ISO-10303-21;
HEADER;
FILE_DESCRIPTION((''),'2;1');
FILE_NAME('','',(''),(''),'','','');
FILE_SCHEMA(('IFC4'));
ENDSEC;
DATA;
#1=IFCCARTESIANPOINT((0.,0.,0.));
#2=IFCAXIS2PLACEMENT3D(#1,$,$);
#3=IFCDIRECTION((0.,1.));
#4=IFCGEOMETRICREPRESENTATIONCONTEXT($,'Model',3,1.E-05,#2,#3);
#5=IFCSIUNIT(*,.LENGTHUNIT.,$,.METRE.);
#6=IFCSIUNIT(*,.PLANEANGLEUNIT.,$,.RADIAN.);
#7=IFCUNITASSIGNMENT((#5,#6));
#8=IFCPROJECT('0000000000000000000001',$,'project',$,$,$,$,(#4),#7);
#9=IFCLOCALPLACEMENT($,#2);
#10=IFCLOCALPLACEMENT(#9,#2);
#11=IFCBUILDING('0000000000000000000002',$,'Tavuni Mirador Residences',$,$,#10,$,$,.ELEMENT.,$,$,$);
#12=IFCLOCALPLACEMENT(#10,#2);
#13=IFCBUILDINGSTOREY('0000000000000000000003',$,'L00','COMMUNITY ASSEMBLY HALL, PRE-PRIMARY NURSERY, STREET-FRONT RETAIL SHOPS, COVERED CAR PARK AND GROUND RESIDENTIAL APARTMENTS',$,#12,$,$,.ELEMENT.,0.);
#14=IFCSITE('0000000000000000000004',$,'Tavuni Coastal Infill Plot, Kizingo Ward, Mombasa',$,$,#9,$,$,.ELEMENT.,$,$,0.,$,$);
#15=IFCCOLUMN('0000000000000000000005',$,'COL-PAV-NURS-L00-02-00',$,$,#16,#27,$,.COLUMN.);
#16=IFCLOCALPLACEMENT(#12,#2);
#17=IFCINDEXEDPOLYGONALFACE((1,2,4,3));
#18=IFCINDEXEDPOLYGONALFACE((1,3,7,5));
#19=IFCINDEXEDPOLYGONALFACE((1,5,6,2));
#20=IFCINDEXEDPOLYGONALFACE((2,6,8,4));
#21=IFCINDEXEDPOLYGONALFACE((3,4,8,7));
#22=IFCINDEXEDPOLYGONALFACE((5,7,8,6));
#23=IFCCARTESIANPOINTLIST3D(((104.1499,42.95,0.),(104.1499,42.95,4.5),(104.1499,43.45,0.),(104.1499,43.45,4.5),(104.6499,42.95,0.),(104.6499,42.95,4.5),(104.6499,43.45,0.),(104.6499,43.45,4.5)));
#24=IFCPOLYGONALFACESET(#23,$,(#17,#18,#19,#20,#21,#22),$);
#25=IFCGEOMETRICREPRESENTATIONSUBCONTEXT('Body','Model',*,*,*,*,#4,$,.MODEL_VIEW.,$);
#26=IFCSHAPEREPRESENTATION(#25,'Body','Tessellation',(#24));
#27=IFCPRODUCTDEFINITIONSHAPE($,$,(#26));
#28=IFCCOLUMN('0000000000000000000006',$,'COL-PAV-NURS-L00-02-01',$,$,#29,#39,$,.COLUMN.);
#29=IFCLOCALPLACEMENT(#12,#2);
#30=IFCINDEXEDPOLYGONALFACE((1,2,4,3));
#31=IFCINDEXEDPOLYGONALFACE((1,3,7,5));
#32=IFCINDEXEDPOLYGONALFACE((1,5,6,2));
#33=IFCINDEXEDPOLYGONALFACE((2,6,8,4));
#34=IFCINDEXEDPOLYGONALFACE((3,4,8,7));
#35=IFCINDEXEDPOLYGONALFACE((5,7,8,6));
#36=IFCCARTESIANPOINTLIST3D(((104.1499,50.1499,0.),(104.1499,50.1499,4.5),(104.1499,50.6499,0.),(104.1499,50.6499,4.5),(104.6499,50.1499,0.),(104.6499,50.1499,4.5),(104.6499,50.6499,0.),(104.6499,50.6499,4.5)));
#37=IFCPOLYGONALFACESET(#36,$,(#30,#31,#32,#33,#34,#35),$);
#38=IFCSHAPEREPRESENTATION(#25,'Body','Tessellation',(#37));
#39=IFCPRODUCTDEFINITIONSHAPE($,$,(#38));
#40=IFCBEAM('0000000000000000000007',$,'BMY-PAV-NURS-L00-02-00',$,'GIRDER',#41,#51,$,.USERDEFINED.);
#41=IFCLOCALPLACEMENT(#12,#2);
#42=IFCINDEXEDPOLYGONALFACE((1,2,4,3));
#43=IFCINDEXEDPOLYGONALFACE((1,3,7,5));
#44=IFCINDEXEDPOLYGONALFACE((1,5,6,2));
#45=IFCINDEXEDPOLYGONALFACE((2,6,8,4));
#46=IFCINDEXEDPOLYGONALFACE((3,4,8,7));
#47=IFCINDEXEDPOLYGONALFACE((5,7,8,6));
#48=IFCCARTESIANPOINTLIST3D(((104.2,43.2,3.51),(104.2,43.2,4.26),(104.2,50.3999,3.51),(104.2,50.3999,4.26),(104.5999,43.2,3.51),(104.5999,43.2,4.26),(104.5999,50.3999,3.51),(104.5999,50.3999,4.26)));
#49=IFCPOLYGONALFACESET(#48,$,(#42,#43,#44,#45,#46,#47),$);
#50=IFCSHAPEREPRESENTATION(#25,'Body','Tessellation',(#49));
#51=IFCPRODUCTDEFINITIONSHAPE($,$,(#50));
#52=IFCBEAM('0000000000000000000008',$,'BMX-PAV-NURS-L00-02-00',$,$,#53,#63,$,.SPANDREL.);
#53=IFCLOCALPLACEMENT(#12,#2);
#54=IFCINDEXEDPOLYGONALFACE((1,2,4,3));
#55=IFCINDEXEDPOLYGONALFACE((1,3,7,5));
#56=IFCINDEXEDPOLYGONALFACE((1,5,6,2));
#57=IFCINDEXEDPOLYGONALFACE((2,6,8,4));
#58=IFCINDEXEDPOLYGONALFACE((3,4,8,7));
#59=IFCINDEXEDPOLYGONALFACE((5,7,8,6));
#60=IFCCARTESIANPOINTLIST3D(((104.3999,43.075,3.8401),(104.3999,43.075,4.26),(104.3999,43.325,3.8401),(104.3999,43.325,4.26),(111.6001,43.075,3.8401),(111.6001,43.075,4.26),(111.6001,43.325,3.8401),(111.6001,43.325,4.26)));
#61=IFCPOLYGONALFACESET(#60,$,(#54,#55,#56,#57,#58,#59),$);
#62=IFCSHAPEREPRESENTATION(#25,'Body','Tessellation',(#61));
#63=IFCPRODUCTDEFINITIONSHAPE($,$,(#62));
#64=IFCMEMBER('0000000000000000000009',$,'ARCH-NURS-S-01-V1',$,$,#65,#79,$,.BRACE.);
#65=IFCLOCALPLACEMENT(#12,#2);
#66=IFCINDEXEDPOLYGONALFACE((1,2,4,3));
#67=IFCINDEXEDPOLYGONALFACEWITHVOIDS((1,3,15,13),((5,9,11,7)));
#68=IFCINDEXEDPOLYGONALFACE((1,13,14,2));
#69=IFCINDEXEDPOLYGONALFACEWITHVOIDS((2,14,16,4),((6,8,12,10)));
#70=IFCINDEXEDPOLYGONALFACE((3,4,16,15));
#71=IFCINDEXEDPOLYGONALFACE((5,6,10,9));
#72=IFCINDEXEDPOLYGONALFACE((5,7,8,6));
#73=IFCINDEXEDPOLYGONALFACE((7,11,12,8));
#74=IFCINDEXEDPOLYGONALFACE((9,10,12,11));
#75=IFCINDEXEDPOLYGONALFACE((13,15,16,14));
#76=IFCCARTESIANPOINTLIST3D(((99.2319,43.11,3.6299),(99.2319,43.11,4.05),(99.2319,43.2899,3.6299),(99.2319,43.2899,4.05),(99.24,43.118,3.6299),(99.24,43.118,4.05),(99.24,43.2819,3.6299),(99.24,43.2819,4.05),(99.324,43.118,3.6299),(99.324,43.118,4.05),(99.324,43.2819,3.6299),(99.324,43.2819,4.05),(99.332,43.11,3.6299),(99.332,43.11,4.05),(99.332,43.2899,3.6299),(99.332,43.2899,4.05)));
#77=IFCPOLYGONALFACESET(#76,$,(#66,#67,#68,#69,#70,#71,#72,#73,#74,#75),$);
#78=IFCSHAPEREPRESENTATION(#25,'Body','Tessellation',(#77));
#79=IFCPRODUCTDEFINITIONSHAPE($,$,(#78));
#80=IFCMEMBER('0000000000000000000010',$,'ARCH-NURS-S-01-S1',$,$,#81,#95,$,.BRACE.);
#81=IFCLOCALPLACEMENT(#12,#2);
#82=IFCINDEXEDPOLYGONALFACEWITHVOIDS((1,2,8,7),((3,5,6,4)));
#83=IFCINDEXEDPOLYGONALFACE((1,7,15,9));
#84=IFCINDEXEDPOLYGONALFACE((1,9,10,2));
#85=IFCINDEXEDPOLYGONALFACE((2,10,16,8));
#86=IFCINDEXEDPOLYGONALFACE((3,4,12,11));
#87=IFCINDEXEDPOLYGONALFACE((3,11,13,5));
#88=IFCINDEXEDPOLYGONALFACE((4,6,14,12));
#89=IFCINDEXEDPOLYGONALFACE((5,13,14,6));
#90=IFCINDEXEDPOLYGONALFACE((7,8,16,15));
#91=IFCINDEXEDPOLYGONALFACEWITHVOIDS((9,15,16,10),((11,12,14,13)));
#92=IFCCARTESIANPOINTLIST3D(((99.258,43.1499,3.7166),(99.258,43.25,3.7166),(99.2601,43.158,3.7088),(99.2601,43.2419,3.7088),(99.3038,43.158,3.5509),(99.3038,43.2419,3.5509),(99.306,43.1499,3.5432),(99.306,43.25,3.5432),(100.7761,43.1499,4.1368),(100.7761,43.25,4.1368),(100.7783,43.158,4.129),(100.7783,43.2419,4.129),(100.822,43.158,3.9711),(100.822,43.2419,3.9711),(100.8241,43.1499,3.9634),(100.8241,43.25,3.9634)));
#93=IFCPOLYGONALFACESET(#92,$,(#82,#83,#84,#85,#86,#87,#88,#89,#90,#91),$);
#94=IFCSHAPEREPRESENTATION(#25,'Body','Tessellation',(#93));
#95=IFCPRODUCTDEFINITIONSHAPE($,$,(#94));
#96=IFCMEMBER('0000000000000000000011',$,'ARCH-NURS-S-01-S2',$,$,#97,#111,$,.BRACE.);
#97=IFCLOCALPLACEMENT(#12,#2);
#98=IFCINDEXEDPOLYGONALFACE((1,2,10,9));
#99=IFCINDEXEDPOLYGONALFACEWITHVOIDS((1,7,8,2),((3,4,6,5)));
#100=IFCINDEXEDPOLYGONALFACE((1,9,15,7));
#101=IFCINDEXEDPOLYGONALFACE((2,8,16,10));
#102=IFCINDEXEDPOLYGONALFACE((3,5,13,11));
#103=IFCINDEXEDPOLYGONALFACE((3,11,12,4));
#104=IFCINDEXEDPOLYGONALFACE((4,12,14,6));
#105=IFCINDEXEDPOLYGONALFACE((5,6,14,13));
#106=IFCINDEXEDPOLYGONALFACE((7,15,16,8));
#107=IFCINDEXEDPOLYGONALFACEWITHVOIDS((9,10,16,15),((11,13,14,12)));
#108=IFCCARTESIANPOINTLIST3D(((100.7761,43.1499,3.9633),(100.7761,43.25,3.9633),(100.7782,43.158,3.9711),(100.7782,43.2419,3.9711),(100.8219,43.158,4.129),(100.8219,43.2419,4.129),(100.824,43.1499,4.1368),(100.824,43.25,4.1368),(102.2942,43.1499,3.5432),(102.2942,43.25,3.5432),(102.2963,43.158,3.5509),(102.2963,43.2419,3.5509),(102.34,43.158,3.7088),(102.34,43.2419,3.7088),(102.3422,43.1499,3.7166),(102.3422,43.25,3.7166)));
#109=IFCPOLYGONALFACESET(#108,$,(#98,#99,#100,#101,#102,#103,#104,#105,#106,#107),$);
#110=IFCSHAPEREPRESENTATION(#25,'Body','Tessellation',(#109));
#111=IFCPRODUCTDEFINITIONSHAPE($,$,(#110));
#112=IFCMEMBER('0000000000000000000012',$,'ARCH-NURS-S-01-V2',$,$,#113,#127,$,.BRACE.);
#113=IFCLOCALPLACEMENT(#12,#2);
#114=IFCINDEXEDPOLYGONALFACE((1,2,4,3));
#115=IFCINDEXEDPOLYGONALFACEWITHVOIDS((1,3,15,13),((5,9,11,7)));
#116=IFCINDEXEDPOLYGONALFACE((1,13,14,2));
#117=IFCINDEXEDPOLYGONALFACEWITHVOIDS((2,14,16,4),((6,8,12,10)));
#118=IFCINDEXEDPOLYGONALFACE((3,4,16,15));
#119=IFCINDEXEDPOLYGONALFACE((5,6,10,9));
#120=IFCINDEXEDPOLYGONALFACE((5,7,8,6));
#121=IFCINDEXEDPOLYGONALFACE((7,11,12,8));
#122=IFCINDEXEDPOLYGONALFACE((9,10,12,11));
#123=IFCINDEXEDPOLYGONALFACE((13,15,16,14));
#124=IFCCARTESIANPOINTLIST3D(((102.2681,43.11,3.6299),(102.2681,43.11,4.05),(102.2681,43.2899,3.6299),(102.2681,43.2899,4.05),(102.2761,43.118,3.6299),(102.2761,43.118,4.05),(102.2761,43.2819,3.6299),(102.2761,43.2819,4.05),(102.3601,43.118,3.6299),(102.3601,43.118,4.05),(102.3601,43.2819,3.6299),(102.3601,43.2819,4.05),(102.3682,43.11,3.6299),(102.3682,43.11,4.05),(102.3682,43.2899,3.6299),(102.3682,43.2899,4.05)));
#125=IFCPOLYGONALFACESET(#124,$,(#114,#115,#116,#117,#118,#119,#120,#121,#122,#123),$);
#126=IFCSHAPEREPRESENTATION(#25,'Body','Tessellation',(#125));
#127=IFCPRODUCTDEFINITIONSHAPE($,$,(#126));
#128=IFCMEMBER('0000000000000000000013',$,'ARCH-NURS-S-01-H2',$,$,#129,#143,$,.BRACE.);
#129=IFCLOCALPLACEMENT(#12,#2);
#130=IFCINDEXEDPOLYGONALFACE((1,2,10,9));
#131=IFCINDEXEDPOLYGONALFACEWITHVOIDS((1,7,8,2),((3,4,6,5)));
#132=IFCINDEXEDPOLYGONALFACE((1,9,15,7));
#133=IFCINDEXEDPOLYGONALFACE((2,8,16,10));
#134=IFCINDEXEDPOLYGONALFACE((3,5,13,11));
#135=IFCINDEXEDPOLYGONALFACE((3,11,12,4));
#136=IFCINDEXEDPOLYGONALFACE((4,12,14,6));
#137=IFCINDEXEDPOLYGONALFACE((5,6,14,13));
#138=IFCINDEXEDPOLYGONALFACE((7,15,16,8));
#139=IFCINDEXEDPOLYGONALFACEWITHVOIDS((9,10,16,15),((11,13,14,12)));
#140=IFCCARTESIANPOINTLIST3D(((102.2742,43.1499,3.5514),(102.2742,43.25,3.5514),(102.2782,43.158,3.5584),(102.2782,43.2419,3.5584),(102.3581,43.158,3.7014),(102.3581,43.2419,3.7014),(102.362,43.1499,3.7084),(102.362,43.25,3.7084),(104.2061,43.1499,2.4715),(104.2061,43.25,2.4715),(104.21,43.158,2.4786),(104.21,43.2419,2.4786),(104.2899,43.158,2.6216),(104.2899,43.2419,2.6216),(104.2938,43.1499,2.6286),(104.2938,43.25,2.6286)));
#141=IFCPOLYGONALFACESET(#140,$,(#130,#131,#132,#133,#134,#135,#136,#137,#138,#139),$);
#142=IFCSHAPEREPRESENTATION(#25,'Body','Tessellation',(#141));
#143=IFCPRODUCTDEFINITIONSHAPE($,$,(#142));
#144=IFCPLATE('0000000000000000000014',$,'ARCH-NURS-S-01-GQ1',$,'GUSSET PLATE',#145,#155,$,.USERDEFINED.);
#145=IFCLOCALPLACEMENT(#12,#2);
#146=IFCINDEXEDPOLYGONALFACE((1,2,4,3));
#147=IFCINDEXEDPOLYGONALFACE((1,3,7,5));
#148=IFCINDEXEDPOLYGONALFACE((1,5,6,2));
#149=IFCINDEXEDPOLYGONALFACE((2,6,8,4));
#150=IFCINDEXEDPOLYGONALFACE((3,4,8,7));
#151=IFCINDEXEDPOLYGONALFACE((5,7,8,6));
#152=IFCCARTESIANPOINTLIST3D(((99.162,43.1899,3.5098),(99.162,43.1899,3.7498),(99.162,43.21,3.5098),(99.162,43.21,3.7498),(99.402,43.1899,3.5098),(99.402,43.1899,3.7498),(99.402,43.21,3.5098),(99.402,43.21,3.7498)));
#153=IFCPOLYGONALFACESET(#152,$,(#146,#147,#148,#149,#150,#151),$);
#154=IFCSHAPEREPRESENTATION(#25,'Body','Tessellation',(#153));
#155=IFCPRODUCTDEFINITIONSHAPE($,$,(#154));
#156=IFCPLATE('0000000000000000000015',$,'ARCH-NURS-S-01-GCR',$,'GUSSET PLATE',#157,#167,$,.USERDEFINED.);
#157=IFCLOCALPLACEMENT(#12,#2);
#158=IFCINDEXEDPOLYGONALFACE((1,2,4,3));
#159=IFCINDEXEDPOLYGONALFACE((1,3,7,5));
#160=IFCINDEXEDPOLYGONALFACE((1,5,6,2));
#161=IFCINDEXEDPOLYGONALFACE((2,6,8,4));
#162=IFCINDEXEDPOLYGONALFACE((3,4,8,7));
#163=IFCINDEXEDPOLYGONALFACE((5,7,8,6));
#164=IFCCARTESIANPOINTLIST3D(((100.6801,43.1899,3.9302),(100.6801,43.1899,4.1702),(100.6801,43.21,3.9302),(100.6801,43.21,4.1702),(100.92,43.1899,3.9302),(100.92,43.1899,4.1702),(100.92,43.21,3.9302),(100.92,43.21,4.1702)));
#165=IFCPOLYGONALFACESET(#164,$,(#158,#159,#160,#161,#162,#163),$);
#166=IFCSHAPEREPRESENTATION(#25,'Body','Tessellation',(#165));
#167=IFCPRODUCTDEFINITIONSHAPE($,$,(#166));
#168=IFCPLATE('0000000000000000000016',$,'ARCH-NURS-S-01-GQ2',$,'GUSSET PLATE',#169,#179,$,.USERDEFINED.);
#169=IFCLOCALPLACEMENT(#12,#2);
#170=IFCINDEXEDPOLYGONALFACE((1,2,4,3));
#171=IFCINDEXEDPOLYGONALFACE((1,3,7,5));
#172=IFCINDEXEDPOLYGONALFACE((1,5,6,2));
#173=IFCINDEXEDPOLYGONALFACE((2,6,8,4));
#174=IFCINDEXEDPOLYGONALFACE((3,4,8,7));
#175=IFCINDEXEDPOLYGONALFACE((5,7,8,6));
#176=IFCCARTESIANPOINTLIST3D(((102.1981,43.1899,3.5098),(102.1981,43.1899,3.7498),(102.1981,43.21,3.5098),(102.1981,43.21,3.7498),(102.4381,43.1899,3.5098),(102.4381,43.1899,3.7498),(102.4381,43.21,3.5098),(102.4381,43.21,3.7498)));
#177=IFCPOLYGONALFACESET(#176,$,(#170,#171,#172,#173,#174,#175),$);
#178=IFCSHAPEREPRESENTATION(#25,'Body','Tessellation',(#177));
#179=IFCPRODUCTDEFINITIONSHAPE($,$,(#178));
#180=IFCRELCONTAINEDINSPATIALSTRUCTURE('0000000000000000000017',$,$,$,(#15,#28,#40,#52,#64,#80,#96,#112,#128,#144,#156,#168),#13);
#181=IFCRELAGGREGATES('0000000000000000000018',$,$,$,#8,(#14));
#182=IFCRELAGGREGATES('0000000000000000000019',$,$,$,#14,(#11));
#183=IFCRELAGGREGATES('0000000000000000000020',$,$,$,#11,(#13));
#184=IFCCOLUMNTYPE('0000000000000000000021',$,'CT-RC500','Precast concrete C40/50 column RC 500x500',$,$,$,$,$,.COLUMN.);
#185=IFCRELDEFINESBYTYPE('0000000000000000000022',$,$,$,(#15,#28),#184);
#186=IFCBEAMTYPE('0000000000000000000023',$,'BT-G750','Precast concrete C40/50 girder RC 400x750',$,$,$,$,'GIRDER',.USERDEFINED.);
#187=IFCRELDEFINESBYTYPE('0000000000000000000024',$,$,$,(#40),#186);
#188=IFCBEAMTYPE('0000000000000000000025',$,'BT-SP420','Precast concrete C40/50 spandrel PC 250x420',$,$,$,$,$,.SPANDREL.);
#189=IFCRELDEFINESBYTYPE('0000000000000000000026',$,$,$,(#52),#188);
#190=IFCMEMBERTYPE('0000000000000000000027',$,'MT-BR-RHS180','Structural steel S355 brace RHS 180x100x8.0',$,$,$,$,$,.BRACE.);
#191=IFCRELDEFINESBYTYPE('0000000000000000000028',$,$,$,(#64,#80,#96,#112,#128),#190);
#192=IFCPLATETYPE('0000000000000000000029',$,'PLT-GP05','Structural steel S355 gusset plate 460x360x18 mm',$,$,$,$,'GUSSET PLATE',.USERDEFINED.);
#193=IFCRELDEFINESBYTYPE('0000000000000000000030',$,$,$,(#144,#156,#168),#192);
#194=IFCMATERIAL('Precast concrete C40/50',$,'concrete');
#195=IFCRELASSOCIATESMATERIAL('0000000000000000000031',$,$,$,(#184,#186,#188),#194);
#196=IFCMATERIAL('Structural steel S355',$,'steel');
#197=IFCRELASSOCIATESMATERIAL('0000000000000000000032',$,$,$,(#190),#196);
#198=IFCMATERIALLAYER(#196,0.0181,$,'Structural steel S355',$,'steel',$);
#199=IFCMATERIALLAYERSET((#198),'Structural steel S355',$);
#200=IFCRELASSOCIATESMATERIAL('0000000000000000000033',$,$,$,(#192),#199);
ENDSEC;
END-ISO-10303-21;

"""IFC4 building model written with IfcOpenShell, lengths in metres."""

from ifc_helpers import new_model, si_unit, direction, frame, origin, origin_2d, place, context, subcontext, project, spatial, rectangle, hollow_rectangle, extrude, material, layer, layer_set, material_profile, profile_set, type_object, element, save


model = new_model("IFC4")

# Units and contexts
model_context = context("Model", 3, precision=1e-05, world=origin(), true_north=direction((0.0, 1.0)))
body_context = subcontext(model_context, "Body", "Model", "MODEL_VIEW")
ifc_project = project(units=[si_unit("LENGTHUNIT", "METRE"), si_unit("PLANEANGLEUNIT", "RADIAN")], contexts=[model_context])

# Site, building, storey
site_placement = place(None, origin())
site = spatial("IfcSite", under=ifc_project, at=site_placement, Name="Tavuni Coastal Infill Plot, Kizingo Ward, Mombasa", CompositionType="ELEMENT", RefElevation=0.0)
building_placement = place(site_placement, origin())
building = spatial("IfcBuilding", under=site, at=building_placement, Name="Tavuni Mirador Residences", CompositionType="ELEMENT")
storey_placement = place(building_placement, origin())
storey = spatial("IfcBuildingStorey", under=building, at=storey_placement, Name="L00", Description="COMMUNITY ASSEMBLY HALL, PRE-PRIMARY NURSERY, STREET-FRONT RETAIL SHOPS, COVERED CAR PARK AND GROUND RESIDENTIAL APARTMENTS", CompositionType="ELEMENT", Elevation=0.0)

# Columns
ifc_material_1 = material(Name="Precast concrete C40/50", Category="concrete")
ifc_material_profile_1 = material_profile(ifc_material_1, rectangle(XDim=0.5, YDim=0.5, at=origin_2d()), Name="RC 500x500", Category="concrete")
ifc_profile_set_1 = profile_set([ifc_material_profile_1], Name="Precast concrete C40/50")
column_type = type_object("IfcColumnType", Name="CT-RC500", Description="Precast concrete C40/50 column RC 500x500", PredefinedType="COLUMN", material=ifc_profile_set_1)
for number, where, z_axis, x_axis, name in (
    (1, (104.3999, 43.2, 0.0), (0.0, 0.0, 1.0), (1.0, 0.0, 0.0), "COL-PAV-NURS-L00-02-00"),
    (2, (104.3999, 50.3999, 0.0), (0.0, 0.0, 1.0), (1.0, 0.0, 0.0), "COL-PAV-NURS-L00-02-01"),
):
    element("IfcColumn", number, at=place(storey_placement, frame(where, z_axis=z_axis, x_axis=x_axis)), inside=storey, type_object=column_type, Name=name, PredefinedType="COLUMN", context=body_context, shape_type="SweptSolid", body=[
        extrude(rectangle(XDim=0.5, YDim=0.5, at=origin_2d()), origin(), (0.0, 0.0, 1.0), 4.5),
    ])

# Beams
ifc_material_profile_2 = material_profile(ifc_material_1, rectangle(XDim=0.3999, YDim=0.75, at=origin_2d()), Name="RC 400x750", Category="concrete")
ifc_profile_set_2 = profile_set([ifc_material_profile_2], Name="Precast concrete C40/50")
beam_type_1 = type_object("IfcBeamType", Name="BT-G750", Description="Precast concrete C40/50 girder RC 400x750", ElementType="GIRDER", PredefinedType="USERDEFINED", material=ifc_profile_set_2)
beam_1_placement = place(storey_placement, frame((104.3999, 43.2, 3.885), z_axis=(0.0, 1.0, 0.0), x_axis=(-1.0, 0.0, 0.0)))
element("IfcBeam", 3, at=beam_1_placement, inside=storey, type_object=beam_type_1, Name="BMY-PAV-NURS-L00-02-00", ObjectType="GIRDER", PredefinedType="USERDEFINED", context=body_context, shape_type="SweptSolid", body=[
    extrude(rectangle(XDim=0.3999, YDim=0.75, at=origin_2d()), origin(), (0.0, 0.0, 1.0), 7.2),
])
ifc_material_profile_3 = material_profile(ifc_material_1, rectangle(XDim=0.25, YDim=0.4199, at=origin_2d()), Name="PC 250x420", Category="concrete")
ifc_profile_set_3 = profile_set([ifc_material_profile_3], Name="Precast concrete C40/50")
beam_type_2 = type_object("IfcBeamType", Name="BT-SP420", Description="Precast concrete C40/50 spandrel PC 250x420", PredefinedType="SPANDREL", material=ifc_profile_set_3)
beam_2_placement = place(storey_placement, frame((104.3999, 43.2, 4.05), z_axis=(1.0, 0.0, 0.0), x_axis=(0.0, 1.0, 0.0)))
element("IfcBeam", 4, at=beam_2_placement, inside=storey, type_object=beam_type_2, Name="BMX-PAV-NURS-L00-02-00", PredefinedType="SPANDREL", context=body_context, shape_type="SweptSolid", body=[
    extrude(rectangle(XDim=0.25, YDim=0.4199, at=origin_2d()), origin(), (0.0, 0.0, 1.0), 7.2002),
])

# Members
ifc_material_2 = material(Name="Structural steel S355", Category="steel")
ifc_material_profile_4 = material_profile(ifc_material_2, hollow_rectangle(XDim=0.1001, YDim=0.1799, WallThickness=0.0081, at=origin_2d()), Name="RHS 180x100x8.0", Category="steel")
ifc_profile_set_4 = profile_set([ifc_material_profile_4], Name="Structural steel S355")
member_type = type_object("IfcMemberType", Name="MT-BR-RHS180", Description="Structural steel S355 brace RHS 180x100x8.0", PredefinedType="BRACE", material=ifc_profile_set_4)
member_1_placement = place(storey_placement, frame((99.282, 43.2, 3.6299), z_axis=(0.0, 0.0, 1.0), x_axis=(1.0, 0.0, 0.0)))
element("IfcMember", 5, at=member_1_placement, inside=storey, type_object=member_type, Name="ARCH-NURS-S-01-V1", PredefinedType="BRACE", context=body_context, shape_type="SweptSolid", body=[
    extrude(hollow_rectangle(XDim=0.1001, YDim=0.1799, WallThickness=0.0081, at=origin_2d()), origin(), (0.0, 0.0, 1.0), 0.4202),
])
for number, where, z_axis, x_axis, name in (
    (6, (99.282, 43.2, 3.6299), (0.963766, 0.0, 0.266748), (0.0, 1.0, 0.0), "ARCH-NURS-S-01-S1"),
    (7, (100.8, 43.2, 4.05), (0.963766, 0.0, -0.266748), (0.0, 1.0, 0.0), "ARCH-NURS-S-01-S2"),
):
    element("IfcMember", number, at=place(storey_placement, frame(where, z_axis=z_axis, x_axis=x_axis)), inside=storey, type_object=member_type, Name=name, PredefinedType="BRACE", context=body_context, shape_type="SweptSolid", body=[
        extrude(hollow_rectangle(XDim=0.1001, YDim=0.1799, WallThickness=0.0081, at=origin_2d()), origin(), (0.0, 0.0, 1.0), 1.5752),
    ])
member_2_placement = place(storey_placement, frame((102.3181, 43.2, 3.6299), z_axis=(0.0, 0.0, 1.0), x_axis=(1.0, 0.0, 0.0)))
element("IfcMember", 8, at=member_2_placement, inside=storey, type_object=member_type, Name="ARCH-NURS-S-01-V2", PredefinedType="BRACE", context=body_context, shape_type="SweptSolid", body=[
    extrude(hollow_rectangle(XDim=0.1001, YDim=0.1799, WallThickness=0.0081, at=origin_2d()), origin(), (0.0, 0.0, 1.0), 0.4202),
])
member_3_placement = place(storey_placement, frame((102.3181, 43.2, 3.6299), z_axis=(0.872895, 0.0, -0.487908), x_axis=(0.0, 1.0, 0.0)))
element("IfcMember", 9, at=member_3_placement, inside=storey, type_object=member_type, Name="ARCH-NURS-S-01-H2", PredefinedType="BRACE", context=body_context, shape_type="SweptSolid", body=[
    extrude(hollow_rectangle(XDim=0.1001, YDim=0.1799, WallThickness=0.0081, at=origin_2d()), origin(), (0.0, 0.0, 1.0), 2.2131),
])

# Plates
ifc_layer_1 = layer(ifc_material_2, 0.0181, Name="Structural steel S355", Category="steel")
ifc_layer_set_1 = layer_set([ifc_layer_1], Name="Structural steel S355")
plate_type = type_object("IfcPlateType", Name="PLT-GP05", Description="Structural steel S355 gusset plate 460x360x18 mm", ElementType="GUSSET PLATE", PredefinedType="USERDEFINED", material=ifc_layer_set_1)
for number, where, z_axis, x_axis, name in (
    (10, (99.282, 43.2, 3.5098), (0.0, 0.0, 1.0), (1.0, 0.0, 0.0), "ARCH-NURS-S-01-GQ1"),
    (11, (100.8, 43.2, 3.9302), (0.0, 0.0, 1.0), (1.0, 0.0, 0.0), "ARCH-NURS-S-01-GCR"),
    (12, (102.3181, 43.2, 3.5098), (0.0, 0.0, 1.0), (1.0, 0.0, 0.0), "ARCH-NURS-S-01-GQ2"),
):
    element("IfcPlate", number, at=place(storey_placement, frame(where, z_axis=z_axis, x_axis=x_axis)), inside=storey, type_object=plate_type, Name=name, ObjectType="GUSSET PLATE", PredefinedType="USERDEFINED", context=body_context, shape_type="SweptSolid", body=[
        extrude(rectangle(XDim=0.24, YDim=0.02, at=origin_2d()), origin(), (0.0, 0.0, 1.0), 0.24),
    ])

save(model, "model.ifc")
